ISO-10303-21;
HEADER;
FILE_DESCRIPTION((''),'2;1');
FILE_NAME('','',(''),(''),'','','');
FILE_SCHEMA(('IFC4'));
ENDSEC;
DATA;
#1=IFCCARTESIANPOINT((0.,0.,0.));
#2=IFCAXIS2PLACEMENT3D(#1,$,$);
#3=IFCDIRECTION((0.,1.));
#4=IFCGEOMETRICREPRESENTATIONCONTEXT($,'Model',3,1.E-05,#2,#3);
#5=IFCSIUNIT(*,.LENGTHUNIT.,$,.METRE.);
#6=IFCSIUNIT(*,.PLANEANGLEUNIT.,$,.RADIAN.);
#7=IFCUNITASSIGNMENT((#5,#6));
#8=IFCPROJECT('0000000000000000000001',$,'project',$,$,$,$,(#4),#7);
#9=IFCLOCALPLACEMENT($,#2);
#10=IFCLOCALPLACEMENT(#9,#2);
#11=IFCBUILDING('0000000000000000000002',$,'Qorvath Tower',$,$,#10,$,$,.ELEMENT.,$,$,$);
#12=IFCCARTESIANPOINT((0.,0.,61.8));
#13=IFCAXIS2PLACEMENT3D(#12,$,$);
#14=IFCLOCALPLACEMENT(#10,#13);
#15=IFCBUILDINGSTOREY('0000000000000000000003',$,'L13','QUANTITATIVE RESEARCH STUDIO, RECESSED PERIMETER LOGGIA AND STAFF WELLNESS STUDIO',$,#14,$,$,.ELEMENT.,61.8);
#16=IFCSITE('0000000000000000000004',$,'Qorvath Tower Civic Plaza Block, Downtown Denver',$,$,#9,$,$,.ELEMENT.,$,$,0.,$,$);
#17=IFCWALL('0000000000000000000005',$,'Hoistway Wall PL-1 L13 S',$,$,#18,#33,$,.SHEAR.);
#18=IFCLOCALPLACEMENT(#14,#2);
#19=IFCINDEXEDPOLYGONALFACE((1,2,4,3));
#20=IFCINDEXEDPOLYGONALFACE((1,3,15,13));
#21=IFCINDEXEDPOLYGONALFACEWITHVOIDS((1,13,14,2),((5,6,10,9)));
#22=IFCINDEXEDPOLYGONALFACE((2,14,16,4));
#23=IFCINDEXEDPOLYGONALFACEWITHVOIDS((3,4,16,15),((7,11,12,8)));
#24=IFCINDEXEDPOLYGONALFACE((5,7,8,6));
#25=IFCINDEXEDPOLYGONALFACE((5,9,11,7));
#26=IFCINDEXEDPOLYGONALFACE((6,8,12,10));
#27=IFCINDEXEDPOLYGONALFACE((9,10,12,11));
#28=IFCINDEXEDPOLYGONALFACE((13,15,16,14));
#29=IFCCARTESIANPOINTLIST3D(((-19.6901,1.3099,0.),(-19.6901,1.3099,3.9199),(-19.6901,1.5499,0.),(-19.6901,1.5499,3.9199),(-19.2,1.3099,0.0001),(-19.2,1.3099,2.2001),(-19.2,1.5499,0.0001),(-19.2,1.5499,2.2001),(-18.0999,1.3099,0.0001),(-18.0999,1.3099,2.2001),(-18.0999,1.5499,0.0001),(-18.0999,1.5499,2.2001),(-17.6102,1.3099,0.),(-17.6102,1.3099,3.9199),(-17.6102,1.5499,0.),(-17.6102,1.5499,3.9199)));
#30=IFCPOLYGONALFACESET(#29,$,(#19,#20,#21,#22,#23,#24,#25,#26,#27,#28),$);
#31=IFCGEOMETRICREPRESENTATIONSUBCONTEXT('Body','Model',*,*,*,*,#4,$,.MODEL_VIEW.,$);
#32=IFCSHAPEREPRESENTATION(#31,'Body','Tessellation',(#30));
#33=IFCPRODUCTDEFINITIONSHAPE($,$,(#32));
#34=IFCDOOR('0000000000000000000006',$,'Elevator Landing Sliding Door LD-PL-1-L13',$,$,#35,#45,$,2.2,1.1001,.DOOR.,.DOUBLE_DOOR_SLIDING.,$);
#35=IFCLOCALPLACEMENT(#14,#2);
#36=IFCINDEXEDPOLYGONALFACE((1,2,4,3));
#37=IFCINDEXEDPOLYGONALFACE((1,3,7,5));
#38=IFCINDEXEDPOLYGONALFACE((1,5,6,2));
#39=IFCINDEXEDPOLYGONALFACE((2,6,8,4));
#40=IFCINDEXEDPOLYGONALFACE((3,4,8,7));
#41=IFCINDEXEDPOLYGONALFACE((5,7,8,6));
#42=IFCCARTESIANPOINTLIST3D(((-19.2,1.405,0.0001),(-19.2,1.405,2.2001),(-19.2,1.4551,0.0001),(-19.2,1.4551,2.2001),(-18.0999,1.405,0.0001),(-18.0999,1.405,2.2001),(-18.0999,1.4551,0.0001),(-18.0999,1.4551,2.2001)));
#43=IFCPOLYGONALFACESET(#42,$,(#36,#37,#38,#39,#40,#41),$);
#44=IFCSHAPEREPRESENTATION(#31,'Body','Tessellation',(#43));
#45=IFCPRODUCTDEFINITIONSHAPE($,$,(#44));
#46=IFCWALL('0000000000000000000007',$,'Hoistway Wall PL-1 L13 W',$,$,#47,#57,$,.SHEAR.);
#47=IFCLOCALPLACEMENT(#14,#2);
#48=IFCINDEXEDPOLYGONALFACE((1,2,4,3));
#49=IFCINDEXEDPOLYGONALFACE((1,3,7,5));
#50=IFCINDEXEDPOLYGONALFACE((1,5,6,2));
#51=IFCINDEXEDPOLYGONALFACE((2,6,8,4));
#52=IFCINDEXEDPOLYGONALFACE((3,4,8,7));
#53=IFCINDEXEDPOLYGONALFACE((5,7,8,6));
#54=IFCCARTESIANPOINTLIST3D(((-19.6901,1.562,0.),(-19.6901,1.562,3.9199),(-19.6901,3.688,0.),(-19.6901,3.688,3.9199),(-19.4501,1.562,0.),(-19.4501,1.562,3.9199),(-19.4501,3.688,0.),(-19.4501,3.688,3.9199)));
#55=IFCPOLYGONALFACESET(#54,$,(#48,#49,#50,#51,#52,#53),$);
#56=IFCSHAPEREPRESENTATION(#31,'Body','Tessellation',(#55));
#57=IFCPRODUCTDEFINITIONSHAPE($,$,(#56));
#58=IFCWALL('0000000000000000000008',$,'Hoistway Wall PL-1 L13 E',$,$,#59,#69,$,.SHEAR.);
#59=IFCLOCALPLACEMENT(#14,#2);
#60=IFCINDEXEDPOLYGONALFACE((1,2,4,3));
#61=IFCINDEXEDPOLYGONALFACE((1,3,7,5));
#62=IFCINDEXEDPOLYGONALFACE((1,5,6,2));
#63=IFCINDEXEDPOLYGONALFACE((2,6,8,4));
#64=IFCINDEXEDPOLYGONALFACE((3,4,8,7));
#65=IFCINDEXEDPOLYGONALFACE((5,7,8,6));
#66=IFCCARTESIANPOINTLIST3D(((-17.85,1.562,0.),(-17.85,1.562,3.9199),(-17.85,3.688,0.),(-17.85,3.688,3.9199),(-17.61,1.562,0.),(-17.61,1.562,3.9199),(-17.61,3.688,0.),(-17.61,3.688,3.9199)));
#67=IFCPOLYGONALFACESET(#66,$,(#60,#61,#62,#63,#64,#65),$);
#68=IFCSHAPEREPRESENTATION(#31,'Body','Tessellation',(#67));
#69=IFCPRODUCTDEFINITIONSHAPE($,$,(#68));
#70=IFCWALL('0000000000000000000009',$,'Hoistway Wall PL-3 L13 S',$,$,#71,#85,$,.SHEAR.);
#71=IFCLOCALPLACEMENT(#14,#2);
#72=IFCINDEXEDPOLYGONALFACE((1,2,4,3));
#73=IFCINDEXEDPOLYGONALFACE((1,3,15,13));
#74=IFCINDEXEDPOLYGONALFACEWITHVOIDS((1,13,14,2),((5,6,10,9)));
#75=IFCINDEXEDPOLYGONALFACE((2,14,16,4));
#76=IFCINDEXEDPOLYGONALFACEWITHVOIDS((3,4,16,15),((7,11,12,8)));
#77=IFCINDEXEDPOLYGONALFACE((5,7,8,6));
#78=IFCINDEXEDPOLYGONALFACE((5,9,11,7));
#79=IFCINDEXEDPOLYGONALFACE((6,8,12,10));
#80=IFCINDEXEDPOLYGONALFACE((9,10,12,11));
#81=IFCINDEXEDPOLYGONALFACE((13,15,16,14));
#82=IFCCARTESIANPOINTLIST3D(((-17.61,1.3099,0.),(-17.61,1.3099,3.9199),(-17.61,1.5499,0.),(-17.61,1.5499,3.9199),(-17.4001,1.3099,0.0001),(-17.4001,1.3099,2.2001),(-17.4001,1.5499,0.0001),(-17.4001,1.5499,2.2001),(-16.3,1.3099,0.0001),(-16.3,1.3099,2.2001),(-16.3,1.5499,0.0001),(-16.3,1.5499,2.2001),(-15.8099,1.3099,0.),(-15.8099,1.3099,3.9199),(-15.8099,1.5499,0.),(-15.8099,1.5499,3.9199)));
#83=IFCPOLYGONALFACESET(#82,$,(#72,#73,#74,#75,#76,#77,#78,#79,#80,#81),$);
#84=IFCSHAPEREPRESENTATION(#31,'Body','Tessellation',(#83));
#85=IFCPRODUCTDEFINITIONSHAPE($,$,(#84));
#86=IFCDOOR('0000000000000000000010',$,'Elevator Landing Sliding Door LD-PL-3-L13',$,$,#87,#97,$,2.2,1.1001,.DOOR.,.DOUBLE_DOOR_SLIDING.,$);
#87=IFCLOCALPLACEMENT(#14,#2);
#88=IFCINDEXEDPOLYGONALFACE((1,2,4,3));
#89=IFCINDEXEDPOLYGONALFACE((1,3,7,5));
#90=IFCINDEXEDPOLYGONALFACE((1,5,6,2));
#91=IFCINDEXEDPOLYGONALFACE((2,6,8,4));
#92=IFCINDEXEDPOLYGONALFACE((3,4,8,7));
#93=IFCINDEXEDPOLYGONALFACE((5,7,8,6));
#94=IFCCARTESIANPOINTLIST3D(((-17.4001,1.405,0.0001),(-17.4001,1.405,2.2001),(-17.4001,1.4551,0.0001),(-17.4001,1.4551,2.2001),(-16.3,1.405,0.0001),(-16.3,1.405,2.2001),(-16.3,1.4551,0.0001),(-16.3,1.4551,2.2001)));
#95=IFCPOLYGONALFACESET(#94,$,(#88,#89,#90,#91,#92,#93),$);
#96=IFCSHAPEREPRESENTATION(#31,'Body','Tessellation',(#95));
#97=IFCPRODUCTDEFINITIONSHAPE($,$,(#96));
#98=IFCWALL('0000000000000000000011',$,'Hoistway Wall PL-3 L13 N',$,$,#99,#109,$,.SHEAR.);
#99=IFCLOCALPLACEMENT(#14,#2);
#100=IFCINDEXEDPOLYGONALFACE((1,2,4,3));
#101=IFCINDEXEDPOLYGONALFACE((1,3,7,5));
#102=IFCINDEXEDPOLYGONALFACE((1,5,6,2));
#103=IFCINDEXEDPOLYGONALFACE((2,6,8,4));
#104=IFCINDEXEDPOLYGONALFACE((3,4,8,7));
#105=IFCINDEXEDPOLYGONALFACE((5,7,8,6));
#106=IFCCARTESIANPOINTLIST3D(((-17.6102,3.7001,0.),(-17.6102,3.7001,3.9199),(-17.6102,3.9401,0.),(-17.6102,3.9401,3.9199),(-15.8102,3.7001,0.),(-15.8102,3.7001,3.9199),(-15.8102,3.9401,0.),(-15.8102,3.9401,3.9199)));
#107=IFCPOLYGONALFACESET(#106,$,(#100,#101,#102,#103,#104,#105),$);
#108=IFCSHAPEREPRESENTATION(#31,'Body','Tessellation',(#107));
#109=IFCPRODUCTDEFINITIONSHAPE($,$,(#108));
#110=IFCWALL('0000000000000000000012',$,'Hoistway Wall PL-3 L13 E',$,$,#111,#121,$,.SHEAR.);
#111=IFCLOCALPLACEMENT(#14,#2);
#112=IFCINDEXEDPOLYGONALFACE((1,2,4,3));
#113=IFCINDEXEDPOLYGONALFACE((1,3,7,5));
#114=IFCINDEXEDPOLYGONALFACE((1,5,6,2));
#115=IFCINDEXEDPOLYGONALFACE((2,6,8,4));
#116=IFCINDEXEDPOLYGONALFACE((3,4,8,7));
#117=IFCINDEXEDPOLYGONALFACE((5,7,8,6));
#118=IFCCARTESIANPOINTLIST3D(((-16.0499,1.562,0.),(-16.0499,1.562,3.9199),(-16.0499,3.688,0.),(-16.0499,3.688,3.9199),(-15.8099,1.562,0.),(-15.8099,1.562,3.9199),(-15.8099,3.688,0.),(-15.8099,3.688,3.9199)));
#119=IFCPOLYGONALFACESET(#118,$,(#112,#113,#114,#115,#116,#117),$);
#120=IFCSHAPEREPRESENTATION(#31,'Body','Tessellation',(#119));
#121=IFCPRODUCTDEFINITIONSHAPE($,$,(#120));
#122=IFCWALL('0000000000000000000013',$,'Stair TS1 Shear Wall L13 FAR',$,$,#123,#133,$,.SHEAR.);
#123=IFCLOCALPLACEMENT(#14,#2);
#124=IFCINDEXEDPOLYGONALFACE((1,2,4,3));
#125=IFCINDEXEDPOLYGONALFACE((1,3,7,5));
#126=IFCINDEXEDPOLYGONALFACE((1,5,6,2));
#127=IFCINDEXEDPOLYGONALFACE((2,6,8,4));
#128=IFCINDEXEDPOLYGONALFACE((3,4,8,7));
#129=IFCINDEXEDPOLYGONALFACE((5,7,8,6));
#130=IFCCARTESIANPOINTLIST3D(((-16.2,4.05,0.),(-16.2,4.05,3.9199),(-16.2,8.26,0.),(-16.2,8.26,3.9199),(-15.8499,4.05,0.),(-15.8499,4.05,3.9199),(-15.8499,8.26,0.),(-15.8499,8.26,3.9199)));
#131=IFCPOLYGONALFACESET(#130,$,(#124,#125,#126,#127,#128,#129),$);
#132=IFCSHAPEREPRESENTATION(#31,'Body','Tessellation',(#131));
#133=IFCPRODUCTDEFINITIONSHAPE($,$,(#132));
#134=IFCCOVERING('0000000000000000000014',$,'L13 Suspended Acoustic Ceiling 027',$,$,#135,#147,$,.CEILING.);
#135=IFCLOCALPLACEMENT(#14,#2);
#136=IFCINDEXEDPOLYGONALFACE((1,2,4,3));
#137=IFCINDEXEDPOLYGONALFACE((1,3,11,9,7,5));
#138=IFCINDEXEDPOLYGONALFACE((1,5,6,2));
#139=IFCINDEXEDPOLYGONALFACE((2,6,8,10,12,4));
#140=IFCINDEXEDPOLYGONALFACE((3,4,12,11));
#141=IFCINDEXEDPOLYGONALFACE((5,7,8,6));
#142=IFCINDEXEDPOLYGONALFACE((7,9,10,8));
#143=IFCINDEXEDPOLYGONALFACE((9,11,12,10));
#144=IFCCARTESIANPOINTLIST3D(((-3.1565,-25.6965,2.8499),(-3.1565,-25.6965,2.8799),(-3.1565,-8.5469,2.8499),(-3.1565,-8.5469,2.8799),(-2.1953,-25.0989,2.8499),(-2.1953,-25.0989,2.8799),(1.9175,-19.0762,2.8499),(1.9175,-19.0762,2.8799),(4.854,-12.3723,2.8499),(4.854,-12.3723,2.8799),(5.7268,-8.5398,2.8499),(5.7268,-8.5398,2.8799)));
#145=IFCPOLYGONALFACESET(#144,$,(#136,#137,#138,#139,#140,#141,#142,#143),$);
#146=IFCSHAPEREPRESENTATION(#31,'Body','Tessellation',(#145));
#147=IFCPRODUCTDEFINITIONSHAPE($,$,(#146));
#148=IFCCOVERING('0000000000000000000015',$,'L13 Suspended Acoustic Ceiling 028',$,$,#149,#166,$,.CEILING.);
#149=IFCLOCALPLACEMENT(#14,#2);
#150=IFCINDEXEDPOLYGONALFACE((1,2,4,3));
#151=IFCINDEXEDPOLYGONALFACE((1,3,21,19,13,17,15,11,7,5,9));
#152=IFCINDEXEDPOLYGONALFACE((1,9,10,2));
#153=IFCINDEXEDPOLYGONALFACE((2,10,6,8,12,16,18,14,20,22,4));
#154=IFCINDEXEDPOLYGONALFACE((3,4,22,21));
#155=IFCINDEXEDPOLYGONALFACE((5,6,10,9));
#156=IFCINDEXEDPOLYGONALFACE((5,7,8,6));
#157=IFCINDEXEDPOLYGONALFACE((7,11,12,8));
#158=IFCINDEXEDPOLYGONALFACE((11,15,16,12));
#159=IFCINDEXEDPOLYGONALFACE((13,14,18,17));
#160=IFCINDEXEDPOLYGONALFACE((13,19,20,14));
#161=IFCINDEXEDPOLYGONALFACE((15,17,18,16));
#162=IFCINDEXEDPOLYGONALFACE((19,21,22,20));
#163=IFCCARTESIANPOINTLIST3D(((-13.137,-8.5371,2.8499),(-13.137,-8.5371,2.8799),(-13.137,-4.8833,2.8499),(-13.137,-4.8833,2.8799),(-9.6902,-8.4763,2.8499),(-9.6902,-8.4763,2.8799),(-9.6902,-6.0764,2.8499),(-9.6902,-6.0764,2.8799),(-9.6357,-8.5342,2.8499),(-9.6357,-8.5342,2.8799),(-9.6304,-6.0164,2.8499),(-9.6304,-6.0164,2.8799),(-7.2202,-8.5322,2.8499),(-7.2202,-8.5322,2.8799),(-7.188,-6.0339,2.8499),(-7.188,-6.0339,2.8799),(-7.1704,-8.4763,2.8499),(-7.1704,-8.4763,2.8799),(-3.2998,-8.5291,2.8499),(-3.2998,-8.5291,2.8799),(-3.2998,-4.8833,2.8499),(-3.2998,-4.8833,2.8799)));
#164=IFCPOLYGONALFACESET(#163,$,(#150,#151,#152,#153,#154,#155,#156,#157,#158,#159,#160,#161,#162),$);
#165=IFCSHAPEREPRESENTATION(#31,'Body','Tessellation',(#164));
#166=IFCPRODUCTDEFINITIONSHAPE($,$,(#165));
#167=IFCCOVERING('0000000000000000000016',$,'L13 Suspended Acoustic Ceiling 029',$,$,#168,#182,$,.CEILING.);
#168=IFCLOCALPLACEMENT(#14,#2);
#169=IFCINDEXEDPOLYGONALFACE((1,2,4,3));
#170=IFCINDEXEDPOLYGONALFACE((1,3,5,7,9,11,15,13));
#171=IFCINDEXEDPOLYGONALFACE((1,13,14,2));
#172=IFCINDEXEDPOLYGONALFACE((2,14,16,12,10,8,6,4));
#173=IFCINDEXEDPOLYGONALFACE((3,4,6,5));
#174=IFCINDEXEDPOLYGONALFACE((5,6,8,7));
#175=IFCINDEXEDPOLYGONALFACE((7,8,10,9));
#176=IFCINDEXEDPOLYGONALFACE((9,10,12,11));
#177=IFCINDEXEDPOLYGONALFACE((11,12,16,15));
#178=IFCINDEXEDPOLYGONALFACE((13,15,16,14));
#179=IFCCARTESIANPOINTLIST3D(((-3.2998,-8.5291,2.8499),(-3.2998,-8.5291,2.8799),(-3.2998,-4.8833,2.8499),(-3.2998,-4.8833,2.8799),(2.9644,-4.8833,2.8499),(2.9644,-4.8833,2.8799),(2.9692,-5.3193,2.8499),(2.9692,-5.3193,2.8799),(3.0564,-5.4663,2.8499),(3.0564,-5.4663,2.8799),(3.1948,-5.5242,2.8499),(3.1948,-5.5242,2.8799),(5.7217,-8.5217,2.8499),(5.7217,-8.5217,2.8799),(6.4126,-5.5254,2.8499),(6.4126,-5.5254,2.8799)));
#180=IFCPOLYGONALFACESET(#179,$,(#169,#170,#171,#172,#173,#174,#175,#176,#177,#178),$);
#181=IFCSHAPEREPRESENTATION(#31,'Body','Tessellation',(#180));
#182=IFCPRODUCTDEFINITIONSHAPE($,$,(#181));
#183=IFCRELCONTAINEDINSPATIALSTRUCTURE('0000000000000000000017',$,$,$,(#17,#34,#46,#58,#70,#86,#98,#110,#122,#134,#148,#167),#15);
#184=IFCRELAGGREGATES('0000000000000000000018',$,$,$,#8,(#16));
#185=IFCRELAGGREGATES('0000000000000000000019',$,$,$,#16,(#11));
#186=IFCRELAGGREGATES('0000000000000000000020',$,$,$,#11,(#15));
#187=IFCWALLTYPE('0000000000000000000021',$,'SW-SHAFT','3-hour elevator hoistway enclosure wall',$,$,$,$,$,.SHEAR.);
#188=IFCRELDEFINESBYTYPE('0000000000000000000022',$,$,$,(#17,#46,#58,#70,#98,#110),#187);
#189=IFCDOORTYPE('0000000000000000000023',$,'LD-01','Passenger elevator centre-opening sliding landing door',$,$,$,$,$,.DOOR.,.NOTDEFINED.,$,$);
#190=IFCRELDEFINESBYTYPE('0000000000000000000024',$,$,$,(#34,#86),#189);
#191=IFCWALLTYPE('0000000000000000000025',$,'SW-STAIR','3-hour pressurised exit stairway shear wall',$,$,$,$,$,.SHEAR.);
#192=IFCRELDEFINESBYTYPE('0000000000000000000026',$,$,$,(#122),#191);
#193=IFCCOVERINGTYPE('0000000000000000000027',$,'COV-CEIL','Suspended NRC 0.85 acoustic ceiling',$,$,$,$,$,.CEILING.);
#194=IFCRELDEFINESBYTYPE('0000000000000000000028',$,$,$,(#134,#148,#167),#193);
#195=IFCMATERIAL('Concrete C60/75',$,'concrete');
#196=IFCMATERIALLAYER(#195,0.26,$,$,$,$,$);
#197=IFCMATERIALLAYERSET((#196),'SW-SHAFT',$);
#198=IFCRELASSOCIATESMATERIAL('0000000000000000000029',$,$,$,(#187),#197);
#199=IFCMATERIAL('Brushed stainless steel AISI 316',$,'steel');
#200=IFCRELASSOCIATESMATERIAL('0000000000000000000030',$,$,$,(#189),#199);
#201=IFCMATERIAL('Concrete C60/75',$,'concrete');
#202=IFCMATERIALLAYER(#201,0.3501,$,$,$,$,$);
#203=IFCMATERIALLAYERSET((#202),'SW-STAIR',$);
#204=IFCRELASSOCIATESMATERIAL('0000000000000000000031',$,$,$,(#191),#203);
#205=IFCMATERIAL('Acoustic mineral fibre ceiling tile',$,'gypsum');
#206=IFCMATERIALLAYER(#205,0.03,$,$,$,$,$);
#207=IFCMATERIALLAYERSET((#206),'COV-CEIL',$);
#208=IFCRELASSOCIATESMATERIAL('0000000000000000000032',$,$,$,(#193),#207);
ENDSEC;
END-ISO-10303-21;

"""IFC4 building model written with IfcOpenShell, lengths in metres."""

from ifc_helpers import new_model, si_unit, direction, frame, frame_2d, origin, place, context, subcontext, project, spatial, polyline, rectangle, outline, extrude, material, layer, layer_set, type_object, element, fill, save


model = new_model("IFC4")

# Units and contexts
model_context = context("Model", 3, precision=1e-05, world=origin(), true_north=direction((0.0, 1.0)))
body_context = subcontext(model_context, "Body", "Model", "MODEL_VIEW")
ifc_project = project(units=[si_unit("LENGTHUNIT", "METRE"), si_unit("PLANEANGLEUNIT", "RADIAN")], contexts=[model_context])

# Site, building, storey
site_placement = place(None, origin())
site = spatial("IfcSite", under=ifc_project, at=site_placement, Name="Qorvath Tower Civic Plaza Block, Downtown Denver", CompositionType="ELEMENT", RefElevation=0.0)
building_placement = place(site_placement, origin())
building = spatial("IfcBuilding", under=site, at=building_placement, Name="Qorvath Tower", CompositionType="ELEMENT")
storey_placement = place(building_placement, frame((0.0, 0.0, 61.8)))
storey = spatial("IfcBuildingStorey", under=building, at=storey_placement, Name="L13", Description="QUANTITATIVE RESEARCH STUDIO, RECESSED PERIMETER LOGGIA AND STAFF WELLNESS STUDIO", CompositionType="ELEMENT", Elevation=61.8)

# Wall, opening, door
ifc_material_1 = material(Name="Concrete C60/75", Category="concrete")
ifc_layer_1 = layer(ifc_material_1, 0.26)
ifc_layer_set_1 = layer_set([ifc_layer_1], Name="SW-SHAFT")
wall_type_1 = type_object("IfcWallType", Name="SW-SHAFT", Description="3-hour elevator hoistway enclosure wall", PredefinedType="SHEAR", material=ifc_layer_set_1)
wall_1_placement = place(storey_placement, frame((-17.6101, 1.4299, 0.0), z_axis=(0.0, 0.0, 1.0), x_axis=(-1.0, 0.0, 0.0)))
wall_1 = element("IfcWall", 1, at=wall_1_placement, inside=storey, type_object=wall_type_1, Name="Hoistway Wall PL-1 L13 S", PredefinedType="SHEAR", context=body_context, shape_type="SweptSolid", body=[
    extrude(rectangle(XDim=2.0798, YDim=0.24, at=frame_2d((1.04, 0.0))), origin(), (0.0, 0.0, 1.0), 3.9199),
])
opening_1_placement = place(wall_1_placement, frame((0.4897, 0.0, 0.0)))
opening_1 = element("IfcOpeningElement", 2, at=opening_1_placement, cuts=wall_1, PredefinedType="OPENING", context=body_context, shape_type="SweptSolid", body=[
    extrude(rectangle(XDim=1.1001, YDim=2.2, at=frame_2d((0.55, 1.1001))), frame((0.0, 0.1299, 0.0), z_axis=(0.0, -1.0, 0.0), x_axis=(1.0, 0.0, 0.0)), (0.0, 0.0, 1.0), 0.26),
])
ifc_material_2 = material(Name="Brushed stainless steel AISI 316", Category="steel")
door_type_1 = type_object("IfcDoorType", Name="LD-01", Description="Passenger elevator centre-opening sliding landing door", OperationType="NOTDEFINED", PredefinedType="DOOR", material=ifc_material_2)
door_1_placement = place(opening_1_placement, origin())
door_1 = element("IfcDoor", 3, at=door_1_placement, inside=storey, type_object=door_type_1, Name="Elevator Landing Sliding Door LD-PL-1-L13", OperationType="DOUBLE_DOOR_SLIDING", OverallHeight=2.2, OverallWidth=1.1001, PredefinedType="DOOR", context=body_context, shape_type="SweptSolid", body=[
    extrude(rectangle(XDim=1.1001, YDim=2.2, at=frame_2d((0.55, 1.1001))), frame((0.0, 0.0249, 0.0), z_axis=(0.0, -1.0, 0.0), x_axis=(1.0, 0.0, 0.0)), (0.0, 0.0, 1.0), 0.05),
])
fill(opening_1, door_1)

# Walls
for number, where, z_axis, x_axis, name in (
    (4, (-19.5701, 1.562, 0.0), (0.0, 0.0, 1.0), (0.0, 1.0, 0.0), "Hoistway Wall PL-1 L13 W"),
    (5, (-17.73, 3.688, 0.0), (0.0, 0.0, 1.0), (0.0, -1.0, 0.0), "Hoistway Wall PL-1 L13 E"),
):
    element("IfcWall", number, at=place(storey_placement, frame(where, z_axis=z_axis, x_axis=x_axis)), inside=storey, type_object=wall_type_1, Name=name, PredefinedType="SHEAR", context=body_context, shape_type="SweptSolid", body=[
        extrude(rectangle(XDim=2.126, YDim=0.24, at=frame_2d((1.063, 0.0))), origin(), (0.0, 0.0, 1.0), 3.9199),
    ])

# Wall, opening, door
wall_2_placement = place(storey_placement, frame((-15.8101, 1.4299, 0.0), z_axis=(0.0, 0.0, 1.0), x_axis=(-1.0, 0.0, 0.0)))
wall_2 = element("IfcWall", 6, at=wall_2_placement, inside=storey, type_object=wall_type_1, Name="Hoistway Wall PL-3 L13 S", PredefinedType="SHEAR", context=body_context, shape_type="SweptSolid", body=[
    extrude(rectangle(XDim=1.8, YDim=0.24, at=frame_2d((0.8999, 0.0))), origin(), (0.0, 0.0, 1.0), 3.9199),
])
opening_2_placement = place(wall_2_placement, frame((0.49, 0.0, 0.0)))
opening_2 = element("IfcOpeningElement", 7, at=opening_2_placement, cuts=wall_2, PredefinedType="OPENING", context=body_context, shape_type="SweptSolid", body=[
    extrude(rectangle(XDim=1.1001, YDim=2.2, at=frame_2d((0.55, 1.1001))), frame((0.0, 0.1299, 0.0), z_axis=(0.0, -1.0, 0.0), x_axis=(1.0, 0.0, 0.0)), (0.0, 0.0, 1.0), 0.26),
])
door_2_placement = place(opening_2_placement, origin())
door_2 = element("IfcDoor", 8, at=door_2_placement, inside=storey, type_object=door_type_1, Name="Elevator Landing Sliding Door LD-PL-3-L13", OperationType="DOUBLE_DOOR_SLIDING", OverallHeight=2.2, OverallWidth=1.1001, PredefinedType="DOOR", context=body_context, shape_type="SweptSolid", body=[
    extrude(rectangle(XDim=1.1001, YDim=2.2, at=frame_2d((0.55, 1.1001))), frame((0.0, 0.0249, 0.0), z_axis=(0.0, -1.0, 0.0), x_axis=(1.0, 0.0, 0.0)), (0.0, 0.0, 1.0), 0.05),
])
fill(opening_2, door_2)

# Walls
wall_3_placement = place(storey_placement, frame((-17.6101, 3.8201, 0.0), z_axis=(0.0, 0.0, 1.0), x_axis=(1.0, 0.0, 0.0)))
element("IfcWall", 9, at=wall_3_placement, inside=storey, type_object=wall_type_1, Name="Hoistway Wall PL-3 L13 N", PredefinedType="SHEAR", context=body_context, shape_type="SweptSolid", body=[
    extrude(rectangle(XDim=1.8, YDim=0.24, at=frame_2d((0.8999, 0.0))), origin(), (0.0, 0.0, 1.0), 3.9199),
])
wall_4_placement = place(storey_placement, frame((-15.9299, 3.688, 0.0), z_axis=(0.0, 0.0, 1.0), x_axis=(0.0, -1.0, 0.0)))
element("IfcWall", 10, at=wall_4_placement, inside=storey, type_object=wall_type_1, Name="Hoistway Wall PL-3 L13 E", PredefinedType="SHEAR", context=body_context, shape_type="SweptSolid", body=[
    extrude(rectangle(XDim=2.126, YDim=0.24, at=frame_2d((1.063, 0.0))), origin(), (0.0, 0.0, 1.0), 3.9199),
])
ifc_material_3 = material(Name="Concrete C60/75", Category="concrete")
ifc_layer_2 = layer(ifc_material_3, 0.3501)
ifc_layer_set_2 = layer_set([ifc_layer_2], Name="SW-STAIR")
wall_type_2 = type_object("IfcWallType", Name="SW-STAIR", Description="3-hour pressurised exit stairway shear wall", PredefinedType="SHEAR", material=ifc_layer_set_2)
wall_5_placement = place(storey_placement, frame((-16.0249, 4.05, 0.0), z_axis=(0.0, 0.0, 1.0), x_axis=(0.0, 1.0, 0.0)))
element("IfcWall", 11, at=wall_5_placement, inside=storey, type_object=wall_type_2, Name="Stair TS1 Shear Wall L13 FAR", PredefinedType="SHEAR", context=body_context, shape_type="SweptSolid", body=[
    extrude(rectangle(XDim=4.21, YDim=0.3501, at=frame_2d((2.105, 0.0))), origin(), (0.0, 0.0, 1.0), 3.9199),
])

# Coverings
ifc_material_4 = material(Name="Acoustic mineral fibre ceiling tile", Category="gypsum")
ifc_layer_3 = layer(ifc_material_4, 0.03)
ifc_layer_set_3 = layer_set([ifc_layer_3], Name="COV-CEIL")
covering_type_1 = type_object("IfcCoveringType", Name="COV-CEIL", Description="Suspended NRC 0.85 acoustic ceiling", PredefinedType="CEILING", material=ifc_layer_set_3)
covering_1_placement = place(storey_placement, frame((0.0, 0.0, 2.8499)))
element("IfcCovering", 12, at=covering_1_placement, inside=storey, type_object=covering_type_1, Name="L13 Suspended Acoustic Ceiling 027", PredefinedType="CEILING", context=body_context, shape_type="SweptSolid", body=[
    extrude(outline(polyline([(-3.1565, -8.5469), (-3.1565, -25.6965), (-2.1953, -25.0989), (1.9175, -19.0762), (4.854, -12.3723), (5.7268, -8.5398), (-3.1565, -8.5469)])), origin(), (0.0, 0.0, 1.0), 0.03),
])
covering_2_placement = place(storey_placement, frame((0.0, 0.0, 2.8499)))
element("IfcCovering", 13, at=covering_2_placement, inside=storey, type_object=covering_type_1, Name="L13 Suspended Acoustic Ceiling 028", PredefinedType="CEILING", context=body_context, shape_type="SweptSolid", body=[
    extrude(outline(polyline([(-3.2998, -8.5291), (-3.2998, -4.8833), (-13.137, -4.8833), (-13.137, -8.5371), (-9.6357, -8.5342), (-9.6902, -8.4763), (-9.6902, -6.0764), (-9.6304, -6.0164), (-7.188, -6.0339), (-7.1704, -8.4763), (-7.2202, -8.5322), (-3.2998, -8.5291)])), origin(), (0.0, 0.0, 1.0), 0.03),
])
covering_3_placement = place(storey_placement, frame((0.0, 0.0, 2.8499)))
element("IfcCovering", 14, at=covering_3_placement, inside=storey, type_object=covering_type_1, Name="L13 Suspended Acoustic Ceiling 029", PredefinedType="CEILING", context=body_context, shape_type="SweptSolid", body=[
    extrude(outline(polyline([(3.0564, -5.4663), (2.9692, -5.3193), (2.9644, -4.8833), (-3.2998, -4.8833), (-3.2998, -8.5291), (5.7217, -8.5217), (6.4126, -5.5254), (3.1948, -5.5242), (3.0564, -5.4663)])), origin(), (0.0, 0.0, 1.0), 0.03),
])

save(model, "model.ifc")
